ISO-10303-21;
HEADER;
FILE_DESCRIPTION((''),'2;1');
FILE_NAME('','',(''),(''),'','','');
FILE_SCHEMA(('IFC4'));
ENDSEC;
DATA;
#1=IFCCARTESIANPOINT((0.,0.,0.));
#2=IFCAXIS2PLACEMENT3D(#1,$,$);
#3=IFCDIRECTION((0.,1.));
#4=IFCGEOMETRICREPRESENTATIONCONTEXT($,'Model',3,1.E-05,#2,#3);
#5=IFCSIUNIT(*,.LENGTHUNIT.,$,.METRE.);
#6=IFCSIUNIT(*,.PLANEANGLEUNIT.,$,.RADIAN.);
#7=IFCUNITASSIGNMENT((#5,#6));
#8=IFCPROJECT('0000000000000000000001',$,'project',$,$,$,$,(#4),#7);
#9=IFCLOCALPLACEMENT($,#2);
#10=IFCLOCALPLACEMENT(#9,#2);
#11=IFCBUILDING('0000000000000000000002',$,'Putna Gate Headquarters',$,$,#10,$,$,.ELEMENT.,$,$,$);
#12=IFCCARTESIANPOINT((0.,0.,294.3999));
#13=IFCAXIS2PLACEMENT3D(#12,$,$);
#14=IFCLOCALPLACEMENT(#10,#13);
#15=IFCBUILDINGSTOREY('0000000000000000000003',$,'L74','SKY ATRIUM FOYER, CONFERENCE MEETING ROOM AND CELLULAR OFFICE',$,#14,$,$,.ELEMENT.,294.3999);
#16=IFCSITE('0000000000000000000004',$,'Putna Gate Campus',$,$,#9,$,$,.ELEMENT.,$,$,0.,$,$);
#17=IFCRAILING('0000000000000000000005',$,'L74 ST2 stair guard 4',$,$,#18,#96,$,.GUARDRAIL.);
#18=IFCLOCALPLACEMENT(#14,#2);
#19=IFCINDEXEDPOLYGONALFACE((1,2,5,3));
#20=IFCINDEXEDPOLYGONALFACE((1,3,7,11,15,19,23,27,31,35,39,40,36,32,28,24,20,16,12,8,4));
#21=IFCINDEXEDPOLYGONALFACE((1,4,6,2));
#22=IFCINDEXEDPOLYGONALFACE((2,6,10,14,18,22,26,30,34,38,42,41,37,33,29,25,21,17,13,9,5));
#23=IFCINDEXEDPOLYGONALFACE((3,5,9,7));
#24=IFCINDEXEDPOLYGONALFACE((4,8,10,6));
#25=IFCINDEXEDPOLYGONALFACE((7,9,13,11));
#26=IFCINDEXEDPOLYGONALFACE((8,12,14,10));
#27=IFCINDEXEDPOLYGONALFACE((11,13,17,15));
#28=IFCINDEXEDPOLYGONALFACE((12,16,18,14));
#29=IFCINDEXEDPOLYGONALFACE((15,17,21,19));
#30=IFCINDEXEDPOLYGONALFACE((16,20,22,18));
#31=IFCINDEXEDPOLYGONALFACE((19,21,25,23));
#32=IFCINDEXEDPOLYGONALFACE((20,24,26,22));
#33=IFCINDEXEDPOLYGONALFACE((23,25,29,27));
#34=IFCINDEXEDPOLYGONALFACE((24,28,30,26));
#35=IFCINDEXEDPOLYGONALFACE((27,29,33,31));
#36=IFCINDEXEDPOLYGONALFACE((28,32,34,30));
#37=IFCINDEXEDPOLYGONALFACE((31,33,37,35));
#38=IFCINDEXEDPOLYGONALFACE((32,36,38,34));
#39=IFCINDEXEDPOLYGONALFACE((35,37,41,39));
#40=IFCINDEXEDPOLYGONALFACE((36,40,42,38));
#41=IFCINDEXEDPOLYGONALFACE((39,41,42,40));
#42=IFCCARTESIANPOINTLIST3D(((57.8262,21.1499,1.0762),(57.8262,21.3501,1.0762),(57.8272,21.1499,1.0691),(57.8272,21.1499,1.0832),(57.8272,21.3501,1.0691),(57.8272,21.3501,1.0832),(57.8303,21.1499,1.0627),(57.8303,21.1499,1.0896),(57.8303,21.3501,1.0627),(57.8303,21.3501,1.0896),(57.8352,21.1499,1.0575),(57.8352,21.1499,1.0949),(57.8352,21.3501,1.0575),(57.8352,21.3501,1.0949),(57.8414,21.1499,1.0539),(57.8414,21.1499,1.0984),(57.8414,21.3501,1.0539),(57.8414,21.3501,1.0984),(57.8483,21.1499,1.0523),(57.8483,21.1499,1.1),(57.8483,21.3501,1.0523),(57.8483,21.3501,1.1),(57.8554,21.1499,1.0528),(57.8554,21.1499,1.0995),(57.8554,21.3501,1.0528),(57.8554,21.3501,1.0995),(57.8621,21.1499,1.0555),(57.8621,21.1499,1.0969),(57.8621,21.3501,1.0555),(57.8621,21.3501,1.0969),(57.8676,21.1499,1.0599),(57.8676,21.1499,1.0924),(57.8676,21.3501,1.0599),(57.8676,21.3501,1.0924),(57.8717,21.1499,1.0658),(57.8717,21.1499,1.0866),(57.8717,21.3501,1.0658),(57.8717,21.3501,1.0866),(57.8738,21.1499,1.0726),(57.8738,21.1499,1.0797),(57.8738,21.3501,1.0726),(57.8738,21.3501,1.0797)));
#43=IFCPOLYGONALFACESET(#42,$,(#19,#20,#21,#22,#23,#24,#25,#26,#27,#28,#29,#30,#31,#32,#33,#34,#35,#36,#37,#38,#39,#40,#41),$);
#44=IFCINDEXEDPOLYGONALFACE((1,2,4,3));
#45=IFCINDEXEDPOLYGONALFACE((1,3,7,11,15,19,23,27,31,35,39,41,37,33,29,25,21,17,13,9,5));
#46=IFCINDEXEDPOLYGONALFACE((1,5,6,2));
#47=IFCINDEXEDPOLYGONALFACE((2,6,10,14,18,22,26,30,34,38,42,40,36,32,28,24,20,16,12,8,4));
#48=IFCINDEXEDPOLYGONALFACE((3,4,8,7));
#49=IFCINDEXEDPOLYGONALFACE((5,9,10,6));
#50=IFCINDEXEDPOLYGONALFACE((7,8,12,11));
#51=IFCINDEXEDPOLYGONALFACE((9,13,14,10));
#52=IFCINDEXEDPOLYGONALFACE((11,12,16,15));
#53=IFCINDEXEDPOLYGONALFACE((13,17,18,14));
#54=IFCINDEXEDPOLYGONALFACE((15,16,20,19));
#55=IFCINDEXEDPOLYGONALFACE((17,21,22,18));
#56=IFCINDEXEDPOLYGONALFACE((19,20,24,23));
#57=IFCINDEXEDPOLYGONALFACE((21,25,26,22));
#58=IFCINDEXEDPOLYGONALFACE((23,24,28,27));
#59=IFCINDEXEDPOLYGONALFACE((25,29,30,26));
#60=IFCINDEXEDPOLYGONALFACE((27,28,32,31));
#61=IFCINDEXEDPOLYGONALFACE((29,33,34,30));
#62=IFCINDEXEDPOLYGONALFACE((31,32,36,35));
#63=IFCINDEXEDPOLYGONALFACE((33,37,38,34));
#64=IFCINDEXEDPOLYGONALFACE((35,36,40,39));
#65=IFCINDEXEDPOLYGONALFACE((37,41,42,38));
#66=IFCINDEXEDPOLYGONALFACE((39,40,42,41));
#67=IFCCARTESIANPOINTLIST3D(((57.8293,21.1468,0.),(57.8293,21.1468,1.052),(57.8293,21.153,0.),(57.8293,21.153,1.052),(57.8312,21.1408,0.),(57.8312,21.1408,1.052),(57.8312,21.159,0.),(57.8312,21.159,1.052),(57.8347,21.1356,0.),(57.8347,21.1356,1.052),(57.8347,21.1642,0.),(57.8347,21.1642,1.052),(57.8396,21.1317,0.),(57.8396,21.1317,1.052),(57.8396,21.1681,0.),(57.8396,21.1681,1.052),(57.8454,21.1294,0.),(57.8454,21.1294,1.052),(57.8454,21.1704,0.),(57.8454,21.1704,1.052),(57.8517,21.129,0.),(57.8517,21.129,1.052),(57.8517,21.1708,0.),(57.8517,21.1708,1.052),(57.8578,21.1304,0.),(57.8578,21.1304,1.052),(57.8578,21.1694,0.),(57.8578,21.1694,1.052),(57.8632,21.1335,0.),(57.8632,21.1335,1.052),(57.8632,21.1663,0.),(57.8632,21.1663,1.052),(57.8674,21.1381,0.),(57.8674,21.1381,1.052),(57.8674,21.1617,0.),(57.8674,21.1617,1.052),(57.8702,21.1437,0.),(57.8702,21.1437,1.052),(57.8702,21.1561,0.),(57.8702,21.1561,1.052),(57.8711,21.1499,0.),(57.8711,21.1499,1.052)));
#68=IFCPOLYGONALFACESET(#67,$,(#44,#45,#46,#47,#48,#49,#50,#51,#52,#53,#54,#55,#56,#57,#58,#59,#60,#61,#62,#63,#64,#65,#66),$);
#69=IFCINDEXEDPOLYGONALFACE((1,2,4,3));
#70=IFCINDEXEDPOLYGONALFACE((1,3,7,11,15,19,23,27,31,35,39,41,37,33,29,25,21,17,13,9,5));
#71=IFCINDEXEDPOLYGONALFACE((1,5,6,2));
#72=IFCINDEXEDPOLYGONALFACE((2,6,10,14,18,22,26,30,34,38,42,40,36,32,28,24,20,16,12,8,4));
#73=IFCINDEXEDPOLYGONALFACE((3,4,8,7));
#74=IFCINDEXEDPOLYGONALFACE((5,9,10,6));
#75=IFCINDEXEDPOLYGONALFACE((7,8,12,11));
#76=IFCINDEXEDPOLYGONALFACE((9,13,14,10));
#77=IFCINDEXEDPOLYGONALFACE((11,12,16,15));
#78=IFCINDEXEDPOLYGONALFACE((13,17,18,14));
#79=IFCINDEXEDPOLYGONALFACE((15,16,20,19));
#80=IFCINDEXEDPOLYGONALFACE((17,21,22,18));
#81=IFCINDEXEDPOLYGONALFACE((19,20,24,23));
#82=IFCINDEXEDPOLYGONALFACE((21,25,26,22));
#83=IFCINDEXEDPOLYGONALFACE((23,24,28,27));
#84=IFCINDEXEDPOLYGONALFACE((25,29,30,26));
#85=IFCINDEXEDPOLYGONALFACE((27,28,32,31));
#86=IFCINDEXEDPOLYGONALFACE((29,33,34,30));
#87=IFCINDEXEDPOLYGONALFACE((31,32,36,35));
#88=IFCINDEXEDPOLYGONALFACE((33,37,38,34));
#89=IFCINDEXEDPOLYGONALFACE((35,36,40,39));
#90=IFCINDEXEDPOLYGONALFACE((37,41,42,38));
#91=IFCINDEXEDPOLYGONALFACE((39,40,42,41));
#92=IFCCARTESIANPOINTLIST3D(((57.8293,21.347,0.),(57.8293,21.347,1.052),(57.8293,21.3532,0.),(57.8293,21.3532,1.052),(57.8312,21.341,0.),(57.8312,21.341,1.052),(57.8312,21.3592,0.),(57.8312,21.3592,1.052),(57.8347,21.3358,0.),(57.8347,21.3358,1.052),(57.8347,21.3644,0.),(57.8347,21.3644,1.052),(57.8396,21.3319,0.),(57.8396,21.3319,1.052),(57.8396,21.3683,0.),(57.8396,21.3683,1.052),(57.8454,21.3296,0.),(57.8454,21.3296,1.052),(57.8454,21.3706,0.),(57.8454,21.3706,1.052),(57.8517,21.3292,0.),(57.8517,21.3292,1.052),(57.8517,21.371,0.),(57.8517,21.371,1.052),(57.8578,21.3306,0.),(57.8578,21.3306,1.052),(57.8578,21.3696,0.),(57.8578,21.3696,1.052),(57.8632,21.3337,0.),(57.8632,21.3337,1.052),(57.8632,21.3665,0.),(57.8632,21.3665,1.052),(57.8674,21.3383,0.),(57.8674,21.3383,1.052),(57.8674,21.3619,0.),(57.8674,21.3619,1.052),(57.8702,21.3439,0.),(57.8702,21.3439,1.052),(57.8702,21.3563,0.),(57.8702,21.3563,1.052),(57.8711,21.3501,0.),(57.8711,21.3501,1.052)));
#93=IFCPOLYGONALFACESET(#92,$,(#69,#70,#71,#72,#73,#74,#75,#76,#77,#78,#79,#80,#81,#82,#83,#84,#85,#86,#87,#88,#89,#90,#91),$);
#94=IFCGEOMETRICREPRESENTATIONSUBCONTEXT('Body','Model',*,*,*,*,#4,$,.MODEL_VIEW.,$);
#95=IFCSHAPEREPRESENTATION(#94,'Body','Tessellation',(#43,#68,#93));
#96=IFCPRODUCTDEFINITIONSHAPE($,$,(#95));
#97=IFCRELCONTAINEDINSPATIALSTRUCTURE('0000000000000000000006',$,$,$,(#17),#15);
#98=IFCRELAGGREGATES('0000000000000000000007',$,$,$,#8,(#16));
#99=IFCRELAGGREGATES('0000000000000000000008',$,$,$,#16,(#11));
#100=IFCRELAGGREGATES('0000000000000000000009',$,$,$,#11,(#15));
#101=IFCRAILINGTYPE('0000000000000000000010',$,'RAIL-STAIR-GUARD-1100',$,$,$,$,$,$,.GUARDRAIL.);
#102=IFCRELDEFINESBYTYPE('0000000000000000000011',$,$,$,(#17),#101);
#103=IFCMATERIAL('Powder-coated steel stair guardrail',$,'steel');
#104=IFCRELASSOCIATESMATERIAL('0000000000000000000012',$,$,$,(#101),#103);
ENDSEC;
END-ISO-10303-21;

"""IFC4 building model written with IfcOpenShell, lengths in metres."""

from ifc_helpers import new_model, si_unit, direction, frame, origin, origin_2d, place, context, subcontext, project, spatial, circle, extrude, material, type_object, element, save


model = new_model("IFC4")

# Units and contexts
model_context = context("Model", 3, precision=1e-05, world=origin(), true_north=direction((0.0, 1.0)))
body_context = subcontext(model_context, "Body", "Model", "MODEL_VIEW")
ifc_project = project(units=[si_unit("LENGTHUNIT", "METRE"), si_unit("PLANEANGLEUNIT", "RADIAN")], contexts=[model_context])

# Site, building, storey
site_placement = place(None, origin())
site = spatial("IfcSite", under=ifc_project, at=site_placement, Name="Putna Gate Campus", CompositionType="ELEMENT", RefElevation=0.0)
building_placement = place(site_placement, origin())
building = spatial("IfcBuilding", under=site, at=building_placement, Name="Putna Gate Headquarters", CompositionType="ELEMENT")
storey_placement = place(building_placement, frame((0.0, 0.0, 294.3999)))
storey = spatial("IfcBuildingStorey", under=building, at=storey_placement, Name="L74", Description="SKY ATRIUM FOYER, CONFERENCE MEETING ROOM AND CELLULAR OFFICE", CompositionType="ELEMENT", Elevation=294.3999)

# Railing
ifc_material_1 = material(Name="Powder-coated steel stair guardrail", Category="steel")
railing_type_1 = type_object("IfcRailingType", Name="RAIL-STAIR-GUARD-1100", PredefinedType="GUARDRAIL", material=ifc_material_1)
railing_1_placement = place(storey_placement, frame((57.8501, 21.1499, 0.0)))
element("IfcRailing", 1, at=railing_1_placement, inside=storey, type_object=railing_type_1, Name="L74 ST2 stair guard 4", PredefinedType="GUARDRAIL", context=body_context, shape_type="SweptSolid", body=[
    extrude(circle(Radius=0.0239, at=origin_2d()), frame((0.0, 0.0, 1.0762), z_axis=(0.0, 1.0, 0.0), x_axis=(-1.0, 0.0, 0.0)), (0.0, 0.0, 1.0), 0.2002),
    extrude(circle(Radius=0.021, at=origin_2d()), origin(), (0.0, 0.0, 1.0), 1.052),
    extrude(circle(Radius=0.021, at=origin_2d()), frame((0.0, 0.2002, 0.0)), (0.0, 0.0, 1.0), 1.052),
])

save(model, "model.ifc")
